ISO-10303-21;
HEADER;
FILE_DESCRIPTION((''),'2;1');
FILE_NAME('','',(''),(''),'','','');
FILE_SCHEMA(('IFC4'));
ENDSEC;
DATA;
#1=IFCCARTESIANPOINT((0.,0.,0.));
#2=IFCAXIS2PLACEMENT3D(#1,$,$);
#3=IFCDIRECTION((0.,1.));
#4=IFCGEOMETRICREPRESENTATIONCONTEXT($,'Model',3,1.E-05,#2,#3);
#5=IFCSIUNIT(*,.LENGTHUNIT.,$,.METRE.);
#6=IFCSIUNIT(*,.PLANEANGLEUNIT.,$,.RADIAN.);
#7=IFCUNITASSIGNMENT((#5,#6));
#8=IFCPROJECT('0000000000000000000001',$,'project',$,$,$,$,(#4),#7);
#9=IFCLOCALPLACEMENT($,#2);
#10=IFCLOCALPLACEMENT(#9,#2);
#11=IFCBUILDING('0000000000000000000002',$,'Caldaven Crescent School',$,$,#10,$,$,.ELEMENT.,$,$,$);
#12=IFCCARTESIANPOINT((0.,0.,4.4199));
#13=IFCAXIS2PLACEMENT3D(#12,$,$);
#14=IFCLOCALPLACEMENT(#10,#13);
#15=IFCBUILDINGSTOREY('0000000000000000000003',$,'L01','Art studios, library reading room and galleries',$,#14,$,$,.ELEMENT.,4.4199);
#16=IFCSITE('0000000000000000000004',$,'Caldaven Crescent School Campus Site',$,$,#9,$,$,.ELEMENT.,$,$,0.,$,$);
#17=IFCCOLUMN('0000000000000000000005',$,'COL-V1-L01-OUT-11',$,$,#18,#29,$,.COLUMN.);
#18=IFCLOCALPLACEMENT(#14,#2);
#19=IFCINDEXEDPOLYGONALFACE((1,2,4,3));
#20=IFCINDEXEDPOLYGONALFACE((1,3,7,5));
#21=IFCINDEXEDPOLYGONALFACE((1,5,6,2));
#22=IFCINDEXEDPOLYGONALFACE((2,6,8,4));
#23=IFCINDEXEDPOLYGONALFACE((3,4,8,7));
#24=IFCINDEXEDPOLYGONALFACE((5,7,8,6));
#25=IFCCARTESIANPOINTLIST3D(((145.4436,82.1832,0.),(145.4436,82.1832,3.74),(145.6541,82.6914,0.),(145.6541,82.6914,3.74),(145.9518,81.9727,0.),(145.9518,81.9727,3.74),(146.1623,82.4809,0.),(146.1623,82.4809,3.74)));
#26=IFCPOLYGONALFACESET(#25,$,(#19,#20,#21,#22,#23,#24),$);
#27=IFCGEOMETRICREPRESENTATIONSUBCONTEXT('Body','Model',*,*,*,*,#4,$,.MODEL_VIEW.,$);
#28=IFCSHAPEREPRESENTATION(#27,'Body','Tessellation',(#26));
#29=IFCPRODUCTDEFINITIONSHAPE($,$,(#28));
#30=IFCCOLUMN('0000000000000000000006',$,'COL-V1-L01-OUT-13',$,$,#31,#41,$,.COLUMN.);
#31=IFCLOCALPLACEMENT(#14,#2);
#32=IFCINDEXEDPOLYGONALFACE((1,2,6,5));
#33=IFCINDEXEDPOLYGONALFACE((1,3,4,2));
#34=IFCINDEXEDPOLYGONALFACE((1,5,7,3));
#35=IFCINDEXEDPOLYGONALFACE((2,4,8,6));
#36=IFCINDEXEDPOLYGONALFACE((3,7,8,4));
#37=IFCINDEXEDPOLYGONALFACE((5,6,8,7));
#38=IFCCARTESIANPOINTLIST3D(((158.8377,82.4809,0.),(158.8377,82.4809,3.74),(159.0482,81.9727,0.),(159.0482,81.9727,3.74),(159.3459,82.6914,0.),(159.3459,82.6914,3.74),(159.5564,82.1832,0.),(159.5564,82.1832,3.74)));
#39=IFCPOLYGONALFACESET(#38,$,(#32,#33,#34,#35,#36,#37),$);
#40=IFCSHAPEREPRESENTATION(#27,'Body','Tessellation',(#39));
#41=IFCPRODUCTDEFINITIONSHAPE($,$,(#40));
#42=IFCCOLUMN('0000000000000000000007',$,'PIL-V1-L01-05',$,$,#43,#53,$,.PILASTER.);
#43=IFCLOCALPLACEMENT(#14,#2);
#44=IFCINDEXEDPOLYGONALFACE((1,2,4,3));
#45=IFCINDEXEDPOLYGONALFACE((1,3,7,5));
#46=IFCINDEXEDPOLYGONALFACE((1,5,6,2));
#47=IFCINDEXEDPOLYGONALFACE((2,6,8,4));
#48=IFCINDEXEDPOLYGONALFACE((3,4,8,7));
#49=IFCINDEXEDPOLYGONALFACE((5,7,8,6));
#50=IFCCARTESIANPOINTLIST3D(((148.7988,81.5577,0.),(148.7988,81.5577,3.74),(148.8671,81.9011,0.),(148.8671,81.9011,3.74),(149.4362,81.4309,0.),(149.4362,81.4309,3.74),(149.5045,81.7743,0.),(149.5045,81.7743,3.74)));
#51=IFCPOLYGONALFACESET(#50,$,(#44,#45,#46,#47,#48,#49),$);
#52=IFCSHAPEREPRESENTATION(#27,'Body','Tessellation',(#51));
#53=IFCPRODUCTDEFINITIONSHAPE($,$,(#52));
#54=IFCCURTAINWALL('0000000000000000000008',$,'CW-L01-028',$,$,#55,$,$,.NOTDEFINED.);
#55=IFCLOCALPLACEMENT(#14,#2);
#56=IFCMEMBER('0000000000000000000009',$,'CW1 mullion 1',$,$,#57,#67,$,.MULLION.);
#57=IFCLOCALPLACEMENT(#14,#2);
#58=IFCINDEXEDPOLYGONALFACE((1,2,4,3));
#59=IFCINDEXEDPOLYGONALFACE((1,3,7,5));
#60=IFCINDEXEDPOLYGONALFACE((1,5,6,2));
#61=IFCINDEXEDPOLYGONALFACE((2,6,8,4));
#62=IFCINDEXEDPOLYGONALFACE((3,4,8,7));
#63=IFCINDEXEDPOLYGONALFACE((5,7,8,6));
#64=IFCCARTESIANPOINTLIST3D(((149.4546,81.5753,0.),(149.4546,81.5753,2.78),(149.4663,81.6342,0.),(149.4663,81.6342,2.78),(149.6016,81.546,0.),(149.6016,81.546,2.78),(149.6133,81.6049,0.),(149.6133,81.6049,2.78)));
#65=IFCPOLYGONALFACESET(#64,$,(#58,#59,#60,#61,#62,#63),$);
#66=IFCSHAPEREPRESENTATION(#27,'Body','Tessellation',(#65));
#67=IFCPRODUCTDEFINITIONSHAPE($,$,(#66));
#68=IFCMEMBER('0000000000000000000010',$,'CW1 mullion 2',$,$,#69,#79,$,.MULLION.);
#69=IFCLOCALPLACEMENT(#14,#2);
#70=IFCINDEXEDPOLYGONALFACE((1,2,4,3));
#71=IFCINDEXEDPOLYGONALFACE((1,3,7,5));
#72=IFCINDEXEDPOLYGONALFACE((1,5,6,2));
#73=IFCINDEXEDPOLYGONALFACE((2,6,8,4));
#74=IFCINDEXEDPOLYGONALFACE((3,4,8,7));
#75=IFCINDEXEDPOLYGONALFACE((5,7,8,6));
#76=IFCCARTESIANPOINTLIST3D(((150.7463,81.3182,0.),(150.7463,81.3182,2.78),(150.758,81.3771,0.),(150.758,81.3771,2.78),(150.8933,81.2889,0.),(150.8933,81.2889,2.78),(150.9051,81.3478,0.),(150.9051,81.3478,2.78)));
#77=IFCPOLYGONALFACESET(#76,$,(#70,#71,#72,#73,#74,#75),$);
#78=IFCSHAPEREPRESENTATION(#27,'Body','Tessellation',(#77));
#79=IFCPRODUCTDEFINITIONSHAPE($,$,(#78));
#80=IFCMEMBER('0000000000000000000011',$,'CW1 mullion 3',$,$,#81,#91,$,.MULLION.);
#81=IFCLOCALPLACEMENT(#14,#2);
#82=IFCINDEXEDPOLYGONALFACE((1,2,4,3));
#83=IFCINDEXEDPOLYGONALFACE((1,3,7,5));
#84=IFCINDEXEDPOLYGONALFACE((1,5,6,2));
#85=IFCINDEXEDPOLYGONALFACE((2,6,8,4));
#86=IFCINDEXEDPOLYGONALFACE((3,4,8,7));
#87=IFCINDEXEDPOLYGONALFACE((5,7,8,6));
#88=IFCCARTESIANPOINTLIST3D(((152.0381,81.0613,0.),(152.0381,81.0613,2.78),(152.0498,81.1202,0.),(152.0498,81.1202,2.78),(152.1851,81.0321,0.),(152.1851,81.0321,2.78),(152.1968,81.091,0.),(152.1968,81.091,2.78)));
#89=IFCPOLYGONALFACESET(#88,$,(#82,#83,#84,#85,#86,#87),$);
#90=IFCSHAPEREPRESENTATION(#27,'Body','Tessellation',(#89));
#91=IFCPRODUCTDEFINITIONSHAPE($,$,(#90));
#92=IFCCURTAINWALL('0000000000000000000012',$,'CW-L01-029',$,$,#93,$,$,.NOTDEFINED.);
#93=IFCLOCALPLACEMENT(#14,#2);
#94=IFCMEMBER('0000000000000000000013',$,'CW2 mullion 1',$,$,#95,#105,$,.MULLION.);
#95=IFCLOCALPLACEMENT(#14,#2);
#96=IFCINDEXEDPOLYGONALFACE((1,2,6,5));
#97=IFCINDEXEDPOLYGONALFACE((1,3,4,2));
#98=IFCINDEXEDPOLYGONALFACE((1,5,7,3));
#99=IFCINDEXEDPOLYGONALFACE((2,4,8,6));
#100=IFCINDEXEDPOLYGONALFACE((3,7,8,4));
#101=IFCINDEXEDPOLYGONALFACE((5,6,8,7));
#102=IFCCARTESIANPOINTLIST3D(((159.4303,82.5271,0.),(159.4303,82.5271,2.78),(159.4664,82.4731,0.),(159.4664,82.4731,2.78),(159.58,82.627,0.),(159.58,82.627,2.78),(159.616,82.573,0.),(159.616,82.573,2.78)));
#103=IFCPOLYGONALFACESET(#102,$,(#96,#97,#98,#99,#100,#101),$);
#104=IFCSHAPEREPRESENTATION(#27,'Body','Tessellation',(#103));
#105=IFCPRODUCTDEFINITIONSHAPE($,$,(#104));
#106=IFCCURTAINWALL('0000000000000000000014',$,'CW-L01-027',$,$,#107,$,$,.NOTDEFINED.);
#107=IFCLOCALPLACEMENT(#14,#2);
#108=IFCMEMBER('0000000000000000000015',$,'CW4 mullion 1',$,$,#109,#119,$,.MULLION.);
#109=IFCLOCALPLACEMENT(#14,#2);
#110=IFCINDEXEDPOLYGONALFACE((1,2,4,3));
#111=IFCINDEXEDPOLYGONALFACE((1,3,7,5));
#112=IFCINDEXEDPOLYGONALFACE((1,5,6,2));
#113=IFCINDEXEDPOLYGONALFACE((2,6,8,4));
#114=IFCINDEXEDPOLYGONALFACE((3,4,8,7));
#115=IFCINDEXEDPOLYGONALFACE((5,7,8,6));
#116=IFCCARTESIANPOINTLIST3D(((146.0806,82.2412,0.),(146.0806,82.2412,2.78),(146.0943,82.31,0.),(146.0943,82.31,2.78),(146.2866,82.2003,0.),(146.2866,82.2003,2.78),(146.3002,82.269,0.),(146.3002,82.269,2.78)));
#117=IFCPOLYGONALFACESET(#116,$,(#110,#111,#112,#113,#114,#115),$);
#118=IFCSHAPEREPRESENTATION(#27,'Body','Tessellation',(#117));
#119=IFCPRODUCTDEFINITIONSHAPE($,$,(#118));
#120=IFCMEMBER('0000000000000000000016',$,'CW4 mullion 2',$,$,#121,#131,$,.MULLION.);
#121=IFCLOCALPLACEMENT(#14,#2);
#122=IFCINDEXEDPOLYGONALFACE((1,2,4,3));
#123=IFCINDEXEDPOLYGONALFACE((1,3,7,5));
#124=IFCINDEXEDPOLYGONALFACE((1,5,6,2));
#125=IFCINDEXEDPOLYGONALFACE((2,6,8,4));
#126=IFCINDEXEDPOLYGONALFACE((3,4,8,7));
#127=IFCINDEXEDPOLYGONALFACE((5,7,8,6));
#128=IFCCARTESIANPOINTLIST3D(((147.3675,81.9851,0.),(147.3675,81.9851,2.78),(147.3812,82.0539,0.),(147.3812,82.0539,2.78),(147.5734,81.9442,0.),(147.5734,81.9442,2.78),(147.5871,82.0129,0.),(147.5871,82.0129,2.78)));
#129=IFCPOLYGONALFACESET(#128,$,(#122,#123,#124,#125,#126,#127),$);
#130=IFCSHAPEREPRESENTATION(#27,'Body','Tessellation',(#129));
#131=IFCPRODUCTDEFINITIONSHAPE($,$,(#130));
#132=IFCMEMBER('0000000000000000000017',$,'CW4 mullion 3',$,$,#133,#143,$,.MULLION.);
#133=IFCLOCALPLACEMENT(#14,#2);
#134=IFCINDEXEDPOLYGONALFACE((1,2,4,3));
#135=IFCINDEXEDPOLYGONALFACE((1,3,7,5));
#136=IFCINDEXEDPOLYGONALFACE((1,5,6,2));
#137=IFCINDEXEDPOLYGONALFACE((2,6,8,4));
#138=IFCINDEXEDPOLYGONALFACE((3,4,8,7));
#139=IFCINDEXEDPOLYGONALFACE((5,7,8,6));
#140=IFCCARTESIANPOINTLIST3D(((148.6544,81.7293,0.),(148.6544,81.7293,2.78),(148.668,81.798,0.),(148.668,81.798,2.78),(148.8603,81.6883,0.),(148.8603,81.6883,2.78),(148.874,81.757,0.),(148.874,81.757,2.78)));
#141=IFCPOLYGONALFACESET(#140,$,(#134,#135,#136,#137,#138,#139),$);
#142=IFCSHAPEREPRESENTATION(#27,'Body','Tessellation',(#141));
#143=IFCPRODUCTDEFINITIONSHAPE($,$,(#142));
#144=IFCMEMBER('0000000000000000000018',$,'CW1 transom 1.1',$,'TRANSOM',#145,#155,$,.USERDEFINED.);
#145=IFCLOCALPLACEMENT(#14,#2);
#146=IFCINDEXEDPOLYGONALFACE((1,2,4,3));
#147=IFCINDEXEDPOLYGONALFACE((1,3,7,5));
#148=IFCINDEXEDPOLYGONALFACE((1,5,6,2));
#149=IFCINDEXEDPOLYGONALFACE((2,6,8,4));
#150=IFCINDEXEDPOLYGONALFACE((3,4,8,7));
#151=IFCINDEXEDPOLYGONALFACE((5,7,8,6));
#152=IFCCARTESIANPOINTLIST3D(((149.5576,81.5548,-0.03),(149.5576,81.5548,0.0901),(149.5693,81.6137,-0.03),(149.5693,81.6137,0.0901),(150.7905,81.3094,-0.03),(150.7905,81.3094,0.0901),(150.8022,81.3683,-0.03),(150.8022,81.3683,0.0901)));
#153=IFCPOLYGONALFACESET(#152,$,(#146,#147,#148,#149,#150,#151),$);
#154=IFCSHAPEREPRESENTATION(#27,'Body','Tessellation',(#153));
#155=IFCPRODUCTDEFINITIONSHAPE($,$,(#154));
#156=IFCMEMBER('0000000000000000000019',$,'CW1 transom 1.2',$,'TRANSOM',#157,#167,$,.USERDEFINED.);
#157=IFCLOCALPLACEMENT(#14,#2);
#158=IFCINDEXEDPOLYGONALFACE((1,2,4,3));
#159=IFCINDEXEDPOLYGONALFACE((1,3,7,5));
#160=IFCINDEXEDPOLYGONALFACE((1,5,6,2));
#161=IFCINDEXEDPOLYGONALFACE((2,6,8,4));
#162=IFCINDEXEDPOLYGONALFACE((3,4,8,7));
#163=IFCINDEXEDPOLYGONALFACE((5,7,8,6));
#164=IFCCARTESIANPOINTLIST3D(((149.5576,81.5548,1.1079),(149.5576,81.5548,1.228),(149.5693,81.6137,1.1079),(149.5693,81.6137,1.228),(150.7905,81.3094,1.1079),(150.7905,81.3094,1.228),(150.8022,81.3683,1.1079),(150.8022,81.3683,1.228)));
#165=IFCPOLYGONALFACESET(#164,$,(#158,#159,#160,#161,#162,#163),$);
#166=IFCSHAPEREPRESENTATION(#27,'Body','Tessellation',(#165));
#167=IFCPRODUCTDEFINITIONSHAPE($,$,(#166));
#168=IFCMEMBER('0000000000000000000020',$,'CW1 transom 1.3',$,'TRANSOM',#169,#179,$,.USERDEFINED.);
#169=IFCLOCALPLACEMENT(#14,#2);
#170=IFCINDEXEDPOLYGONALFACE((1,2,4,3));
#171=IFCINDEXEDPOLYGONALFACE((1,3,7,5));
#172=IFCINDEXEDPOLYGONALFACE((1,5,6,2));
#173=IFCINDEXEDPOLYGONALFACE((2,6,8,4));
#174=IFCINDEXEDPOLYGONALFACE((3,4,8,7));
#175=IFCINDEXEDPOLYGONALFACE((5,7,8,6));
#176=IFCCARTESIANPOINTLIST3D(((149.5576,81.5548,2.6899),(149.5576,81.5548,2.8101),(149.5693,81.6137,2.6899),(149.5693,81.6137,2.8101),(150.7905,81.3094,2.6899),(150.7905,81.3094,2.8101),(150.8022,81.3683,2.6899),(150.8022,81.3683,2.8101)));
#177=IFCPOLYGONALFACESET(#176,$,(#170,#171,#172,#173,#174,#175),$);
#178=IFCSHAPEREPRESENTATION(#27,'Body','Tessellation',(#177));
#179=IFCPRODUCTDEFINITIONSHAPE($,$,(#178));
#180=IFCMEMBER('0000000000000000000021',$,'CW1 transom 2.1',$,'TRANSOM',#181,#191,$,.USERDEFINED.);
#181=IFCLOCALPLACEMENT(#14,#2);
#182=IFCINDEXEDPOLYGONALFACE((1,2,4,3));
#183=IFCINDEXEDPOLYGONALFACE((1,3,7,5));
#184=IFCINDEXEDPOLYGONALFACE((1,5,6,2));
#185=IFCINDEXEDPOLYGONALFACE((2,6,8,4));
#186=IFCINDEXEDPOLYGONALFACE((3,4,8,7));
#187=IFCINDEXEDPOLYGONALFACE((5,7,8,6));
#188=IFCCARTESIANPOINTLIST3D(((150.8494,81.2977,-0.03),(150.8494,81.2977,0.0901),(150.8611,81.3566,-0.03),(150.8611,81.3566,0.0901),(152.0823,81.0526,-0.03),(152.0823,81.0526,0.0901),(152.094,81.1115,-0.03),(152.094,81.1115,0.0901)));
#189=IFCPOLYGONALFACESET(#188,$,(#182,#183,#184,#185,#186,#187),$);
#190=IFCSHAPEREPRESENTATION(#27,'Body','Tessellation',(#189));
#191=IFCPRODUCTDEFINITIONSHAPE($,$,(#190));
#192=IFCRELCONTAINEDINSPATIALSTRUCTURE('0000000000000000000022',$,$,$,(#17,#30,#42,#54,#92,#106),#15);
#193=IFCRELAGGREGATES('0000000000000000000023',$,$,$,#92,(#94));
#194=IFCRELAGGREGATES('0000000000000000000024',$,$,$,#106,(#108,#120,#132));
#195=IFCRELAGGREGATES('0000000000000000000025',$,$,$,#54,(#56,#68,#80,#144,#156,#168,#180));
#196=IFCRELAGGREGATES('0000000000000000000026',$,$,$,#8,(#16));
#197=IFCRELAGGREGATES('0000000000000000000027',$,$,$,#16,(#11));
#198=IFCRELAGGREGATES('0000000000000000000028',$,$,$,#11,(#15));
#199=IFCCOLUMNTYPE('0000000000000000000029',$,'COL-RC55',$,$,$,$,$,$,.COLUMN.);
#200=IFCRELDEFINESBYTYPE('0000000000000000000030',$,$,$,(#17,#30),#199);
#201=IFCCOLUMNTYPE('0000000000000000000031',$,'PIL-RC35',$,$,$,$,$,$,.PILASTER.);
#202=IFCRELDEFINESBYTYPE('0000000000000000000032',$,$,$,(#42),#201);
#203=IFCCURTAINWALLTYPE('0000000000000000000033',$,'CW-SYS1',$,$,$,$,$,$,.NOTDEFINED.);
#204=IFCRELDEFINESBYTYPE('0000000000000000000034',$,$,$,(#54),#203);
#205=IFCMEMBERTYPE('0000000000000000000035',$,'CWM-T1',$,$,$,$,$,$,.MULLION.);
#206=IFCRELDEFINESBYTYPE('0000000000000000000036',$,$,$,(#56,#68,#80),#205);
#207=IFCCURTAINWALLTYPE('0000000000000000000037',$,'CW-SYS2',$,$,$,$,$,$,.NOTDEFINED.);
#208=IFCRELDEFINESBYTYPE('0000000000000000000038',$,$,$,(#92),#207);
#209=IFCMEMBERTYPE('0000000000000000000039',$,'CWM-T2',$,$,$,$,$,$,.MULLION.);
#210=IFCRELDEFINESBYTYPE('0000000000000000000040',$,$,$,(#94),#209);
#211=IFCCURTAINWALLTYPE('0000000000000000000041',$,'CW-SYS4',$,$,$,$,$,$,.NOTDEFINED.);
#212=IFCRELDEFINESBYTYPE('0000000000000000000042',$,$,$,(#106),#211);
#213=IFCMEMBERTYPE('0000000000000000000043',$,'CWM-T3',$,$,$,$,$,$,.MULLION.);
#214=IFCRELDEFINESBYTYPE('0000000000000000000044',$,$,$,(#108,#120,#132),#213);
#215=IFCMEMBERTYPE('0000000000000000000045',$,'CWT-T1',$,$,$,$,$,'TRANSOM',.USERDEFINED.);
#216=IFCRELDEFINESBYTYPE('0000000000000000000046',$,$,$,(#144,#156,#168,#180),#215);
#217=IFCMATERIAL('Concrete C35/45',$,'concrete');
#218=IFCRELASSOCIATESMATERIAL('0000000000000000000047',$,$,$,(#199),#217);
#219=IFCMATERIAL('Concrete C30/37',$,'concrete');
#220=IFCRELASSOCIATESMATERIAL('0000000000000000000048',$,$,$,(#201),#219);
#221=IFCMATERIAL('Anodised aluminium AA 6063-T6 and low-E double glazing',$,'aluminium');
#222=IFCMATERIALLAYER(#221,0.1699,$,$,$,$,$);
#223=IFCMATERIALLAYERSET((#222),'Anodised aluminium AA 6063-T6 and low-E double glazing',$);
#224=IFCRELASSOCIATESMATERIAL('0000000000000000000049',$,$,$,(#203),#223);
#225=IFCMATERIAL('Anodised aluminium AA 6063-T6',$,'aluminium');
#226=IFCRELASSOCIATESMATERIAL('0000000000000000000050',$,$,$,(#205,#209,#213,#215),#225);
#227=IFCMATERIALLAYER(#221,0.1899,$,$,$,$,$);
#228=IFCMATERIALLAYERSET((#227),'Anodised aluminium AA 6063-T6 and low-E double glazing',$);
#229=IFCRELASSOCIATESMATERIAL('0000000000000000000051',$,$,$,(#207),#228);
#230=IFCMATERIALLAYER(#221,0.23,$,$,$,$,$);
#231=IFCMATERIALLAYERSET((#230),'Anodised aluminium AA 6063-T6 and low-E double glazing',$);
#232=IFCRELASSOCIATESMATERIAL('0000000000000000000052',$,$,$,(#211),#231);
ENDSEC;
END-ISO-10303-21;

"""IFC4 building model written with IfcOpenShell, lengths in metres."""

from ifc_helpers import new_model, si_unit, direction, frame, origin, origin_2d, place, context, subcontext, project, spatial, rectangle, extrude, material, layer, layer_set, material_profile, profile_set, type_object, element, aggregate, save


model = new_model("IFC4")

# Units and contexts
model_context = context("Model", 3, precision=1e-05, world=origin(), true_north=direction((0.0, 1.0)))
body_context = subcontext(model_context, "Body", "Model", "MODEL_VIEW")
ifc_project = project(units=[si_unit("LENGTHUNIT", "METRE"), si_unit("PLANEANGLEUNIT", "RADIAN")], contexts=[model_context])

# Site, building, storey
site_placement = place(None, origin())
site = spatial("IfcSite", under=ifc_project, at=site_placement, Name="Caldaven Crescent School Campus Site", CompositionType="ELEMENT", RefElevation=0.0)
building_placement = place(site_placement, origin())
building = spatial("IfcBuilding", under=site, at=building_placement, Name="Caldaven Crescent School", CompositionType="ELEMENT")
storey_placement = place(building_placement, frame((0.0, 0.0, 4.4199)))
storey = spatial("IfcBuildingStorey", under=building, at=storey_placement, Name="L01", Description="Art studios, library reading room and galleries", CompositionType="ELEMENT", Elevation=4.4199)

# Columns
ifc_material_1 = material(Name="Concrete C35/45", Category="concrete")
ifc_material_profile_1 = material_profile(ifc_material_1, rectangle(XDim=0.55, YDim=0.55, at=origin_2d()), Name="RC 550x550")
ifc_profile_set_1 = profile_set([ifc_material_profile_1], Name="Concrete C35/45")
column_type_1 = type_object("IfcColumnType", Name="COL-RC55", PredefinedType="COLUMN", material=ifc_profile_set_1)
for number, where, z_axis, x_axis, name in (
    (1, (145.803, 82.332, 0.0), (0.0, 0.0, 1.0), (-0.382683, -0.92388, 0.0), "COL-V1-L01-OUT-11"),
    (2, (159.197, 82.332, 0.0), (0.0, 0.0, 1.0), (0.382683, -0.92388, 0.0), "COL-V1-L01-OUT-13"),
):
    element("IfcColumn", number, at=place(storey_placement, frame(where, z_axis=z_axis, x_axis=x_axis)), inside=storey, type_object=column_type_1, Name=name, PredefinedType="COLUMN", context=body_context, shape_type="SweptSolid", body=[
        extrude(rectangle(XDim=0.55, YDim=0.55, at=origin_2d()), origin(), (0.0, 0.0, 1.0), 3.74),
    ])
ifc_material_2 = material(Name="Concrete C30/37", Category="concrete")
ifc_material_profile_2 = material_profile(ifc_material_2, rectangle(XDim=0.3501, YDim=0.6499, at=origin_2d()), Name="RC 350x650")
ifc_profile_set_2 = profile_set([ifc_material_profile_2], Name="Concrete C30/37")
column_type_2 = type_object("IfcColumnType", Name="PIL-RC35", PredefinedType="PILASTER", material=ifc_profile_set_2)
column_placement = place(storey_placement, frame((149.1516, 81.666, 0.0), z_axis=(0.0, 0.0, 1.0), x_axis=(-0.19509, -0.980785, 0.0)))
element("IfcColumn", 3, at=column_placement, inside=storey, type_object=column_type_2, Name="PIL-V1-L01-05", PredefinedType="PILASTER", context=body_context, shape_type="SweptSolid", body=[
    extrude(rectangle(XDim=0.3501, YDim=0.6499, at=origin_2d()), origin(), (0.0, 0.0, 1.0), 3.74),
])

# Curtain wall, members
ifc_material_3 = material(Name="Anodised aluminium AA 6063-T6 and low-E double glazing", Category="aluminium")
ifc_layer_1 = layer(ifc_material_3, 0.1699)
ifc_layer_set_1 = layer_set([ifc_layer_1], Name="Anodised aluminium AA 6063-T6 and low-E double glazing")
curtain_wall_type_1 = type_object("IfcCurtainWallType", Name="CW-SYS1", PredefinedType="NOTDEFINED", material=ifc_layer_set_1)
curtain_wall_1_placement = place(storey_placement, origin())
curtain_wall_1 = element("IfcCurtainWall", 4, at=curtain_wall_1_placement, inside=storey, type_object=curtain_wall_type_1, Name="CW-L01-028", PredefinedType="NOTDEFINED")
ifc_material_4 = material(Name="Anodised aluminium AA 6063-T6", Category="aluminium")
ifc_material_profile_3 = material_profile(ifc_material_4, rectangle(XDim=0.0601, YDim=0.1499, at=origin_2d()), Name="CWM 60x150")
ifc_profile_set_3 = profile_set([ifc_material_profile_3], Name="Anodised aluminium AA 6063-T6")
member_type_1 = type_object("IfcMemberType", Name="CWM-T1", PredefinedType="MULLION", material=ifc_profile_set_3)
member_1_placement = place(storey_placement, frame((149.5339, 81.5901, 0.0), z_axis=(0.0, 0.0, 1.0), x_axis=(0.19509, 0.980785, 0.0)))
member_1 = element("IfcMember", 5, at=member_1_placement, type_object=member_type_1, Name="CW1 mullion 1", PredefinedType="MULLION", context=body_context, shape_type="SweptSolid", body=[
    extrude(rectangle(XDim=0.0601, YDim=0.1499, at=origin_2d()), origin(), (0.0, 0.0, 1.0), 2.78),
])
member_2_placement = place(storey_placement, frame((150.8257, 81.333, 0.0), z_axis=(0.0, 0.0, 1.0), x_axis=(0.19509, 0.980785, 0.0)))
member_2 = element("IfcMember", 6, at=member_2_placement, type_object=member_type_1, Name="CW1 mullion 2", PredefinedType="MULLION", context=body_context, shape_type="SweptSolid", body=[
    extrude(rectangle(XDim=0.0601, YDim=0.1499, at=origin_2d()), origin(), (0.0, 0.0, 1.0), 2.78),
])
member_3_placement = place(storey_placement, frame((152.1174, 81.0762, 0.0), z_axis=(0.0, 0.0, 1.0), x_axis=(0.19509, 0.980785, 0.0)))
member_3 = element("IfcMember", 7, at=member_3_placement, type_object=member_type_1, Name="CW1 mullion 3", PredefinedType="MULLION", context=body_context, shape_type="SweptSolid", body=[
    extrude(rectangle(XDim=0.0601, YDim=0.1499, at=origin_2d()), origin(), (0.0, 0.0, 1.0), 2.78),
])

# Curtain wall, member
ifc_layer_2 = layer(ifc_material_3, 0.1899)
ifc_layer_set_2 = layer_set([ifc_layer_2], Name="Anodised aluminium AA 6063-T6 and low-E double glazing")
curtain_wall_type_2 = type_object("IfcCurtainWallType", Name="CW-SYS2", PredefinedType="NOTDEFINED", material=ifc_layer_set_2)
curtain_wall_2_placement = place(storey_placement, origin())
curtain_wall_2 = element("IfcCurtainWall", 8, at=curtain_wall_2_placement, inside=storey, type_object=curtain_wall_type_2, Name="CW-L01-029", PredefinedType="NOTDEFINED")
ifc_material_profile_4 = material_profile(ifc_material_4, rectangle(XDim=0.0649, YDim=0.1799, at=origin_2d()), Name="CWM 65x180")
ifc_profile_set_4 = profile_set([ifc_material_profile_4], Name="Anodised aluminium AA 6063-T6")
member_type_2 = type_object("IfcMemberType", Name="CWM-T2", PredefinedType="MULLION", material=ifc_profile_set_4)
member_4_placement = place(storey_placement, frame((159.5232, 82.55, 0.0), z_axis=(0.0, 0.0, 1.0), x_axis=(-0.555569, 0.83147, 0.0)))
member_4 = element("IfcMember", 9, at=member_4_placement, type_object=member_type_2, Name="CW2 mullion 1", PredefinedType="MULLION", context=body_context, shape_type="SweptSolid", body=[
    extrude(rectangle(XDim=0.0649, YDim=0.1799, at=origin_2d()), origin(), (0.0, 0.0, 1.0), 2.78),
])

# Curtain wall, members
ifc_layer_3 = layer(ifc_material_3, 0.23)
ifc_layer_set_3 = layer_set([ifc_layer_3], Name="Anodised aluminium AA 6063-T6 and low-E double glazing")
curtain_wall_type_3 = type_object("IfcCurtainWallType", Name="CW-SYS4", PredefinedType="NOTDEFINED", material=ifc_layer_set_3)
curtain_wall_3_placement = place(storey_placement, origin())
curtain_wall_3 = element("IfcCurtainWall", 10, at=curtain_wall_3_placement, inside=storey, type_object=curtain_wall_type_3, Name="CW-L01-027", PredefinedType="NOTDEFINED")
ifc_material_profile_5 = material_profile(ifc_material_4, rectangle(XDim=0.0701, YDim=0.21, at=origin_2d()), Name="CWM 70x210")
ifc_profile_set_5 = profile_set([ifc_material_profile_5], Name="Anodised aluminium AA 6063-T6")
member_type_3 = type_object("IfcMemberType", Name="CWM-T3", PredefinedType="MULLION", material=ifc_profile_set_5)
member_5_placement = place(storey_placement, frame((146.1904, 82.2551, 0.0), z_axis=(0.0, 0.0, 1.0), x_axis=(0.19509, 0.980785, 0.0)))
member_5 = element("IfcMember", 11, at=member_5_placement, type_object=member_type_3, Name="CW4 mullion 1", PredefinedType="MULLION", context=body_context, shape_type="SweptSolid", body=[
    extrude(rectangle(XDim=0.0701, YDim=0.21, at=origin_2d()), origin(), (0.0, 0.0, 1.0), 2.78),
])
member_6_placement = place(storey_placement, frame((147.4773, 81.999, 0.0), z_axis=(0.0, 0.0, 1.0), x_axis=(0.19509, 0.980785, 0.0)))
member_6 = element("IfcMember", 12, at=member_6_placement, type_object=member_type_3, Name="CW4 mullion 2", PredefinedType="MULLION", context=body_context, shape_type="SweptSolid", body=[
    extrude(rectangle(XDim=0.0701, YDim=0.21, at=origin_2d()), origin(), (0.0, 0.0, 1.0), 2.78),
])
member_7_placement = place(storey_placement, frame((148.7642, 81.7432, 0.0), z_axis=(0.0, 0.0, 1.0), x_axis=(0.19509, 0.980785, 0.0)))
member_7 = element("IfcMember", 13, at=member_7_placement, type_object=member_type_3, Name="CW4 mullion 3", PredefinedType="MULLION", context=body_context, shape_type="SweptSolid", body=[
    extrude(rectangle(XDim=0.0701, YDim=0.21, at=origin_2d()), origin(), (0.0, 0.0, 1.0), 2.78),
])

# Members
ifc_material_profile_6 = material_profile(ifc_material_4, rectangle(XDim=0.0601, YDim=0.1201, at=origin_2d()), Name="CWT 60x120")
ifc_profile_set_6 = profile_set([ifc_material_profile_6], Name="Anodised aluminium AA 6063-T6")
member_type_4 = type_object("IfcMemberType", Name="CWT-T1", ElementType="TRANSOM", PredefinedType="USERDEFINED", material=ifc_profile_set_6)
member_8_placement = place(storey_placement, frame((149.5635, 81.5842, 0.03), z_axis=(0.980767, -0.195182, 0.0), x_axis=(0.195182, 0.980767, 0.0)))
member_8 = element("IfcMember", 14, at=member_8_placement, type_object=member_type_4, Name="CW1 transom 1.1", ObjectType="TRANSOM", PredefinedType="USERDEFINED", context=body_context, shape_type="SweptSolid", body=[
    extrude(rectangle(XDim=0.0601, YDim=0.1201, at=origin_2d()), origin(), (0.0, 0.0, 1.0), 1.2571),
])
member_9_placement = place(storey_placement, frame((149.5635, 81.5842, 1.168), z_axis=(0.980767, -0.195182, 0.0), x_axis=(0.195182, 0.980767, 0.0)))
member_9 = element("IfcMember", 15, at=member_9_placement, type_object=member_type_4, Name="CW1 transom 1.2", ObjectType="TRANSOM", PredefinedType="USERDEFINED", context=body_context, shape_type="SweptSolid", body=[
    extrude(rectangle(XDim=0.0601, YDim=0.1201, at=origin_2d()), origin(), (0.0, 0.0, 1.0), 1.2571),
])
member_10_placement = place(storey_placement, frame((149.5635, 81.5842, 2.75), z_axis=(0.980767, -0.195182, 0.0), x_axis=(0.195182, 0.980767, 0.0)))
member_10 = element("IfcMember", 16, at=member_10_placement, type_object=member_type_4, Name="CW1 transom 1.3", ObjectType="TRANSOM", PredefinedType="USERDEFINED", context=body_context, shape_type="SweptSolid", body=[
    extrude(rectangle(XDim=0.0601, YDim=0.1201, at=origin_2d()), origin(), (0.0, 0.0, 1.0), 1.2571),
])
member_11_placement = place(storey_placement, frame((150.8552, 81.3271, 0.03), z_axis=(0.980804, -0.194996, 0.0), x_axis=(0.194996, 0.980804, 0.0)))
member_11 = element("IfcMember", 17, at=member_11_placement, type_object=member_type_4, Name="CW1 transom 2.1", ObjectType="TRANSOM", PredefinedType="USERDEFINED", context=body_context, shape_type="SweptSolid", body=[
    extrude(rectangle(XDim=0.0601, YDim=0.1201, at=origin_2d()), origin(), (0.0, 0.0, 1.0), 1.2571),
])
aggregate(curtain_wall_2, [member_4])

aggregate(curtain_wall_3, [member_5, member_6, member_7])
aggregate(curtain_wall_1, [member_1, member_2, member_3, member_8, member_9, member_10, member_11])

save(model, "model.ifc")
